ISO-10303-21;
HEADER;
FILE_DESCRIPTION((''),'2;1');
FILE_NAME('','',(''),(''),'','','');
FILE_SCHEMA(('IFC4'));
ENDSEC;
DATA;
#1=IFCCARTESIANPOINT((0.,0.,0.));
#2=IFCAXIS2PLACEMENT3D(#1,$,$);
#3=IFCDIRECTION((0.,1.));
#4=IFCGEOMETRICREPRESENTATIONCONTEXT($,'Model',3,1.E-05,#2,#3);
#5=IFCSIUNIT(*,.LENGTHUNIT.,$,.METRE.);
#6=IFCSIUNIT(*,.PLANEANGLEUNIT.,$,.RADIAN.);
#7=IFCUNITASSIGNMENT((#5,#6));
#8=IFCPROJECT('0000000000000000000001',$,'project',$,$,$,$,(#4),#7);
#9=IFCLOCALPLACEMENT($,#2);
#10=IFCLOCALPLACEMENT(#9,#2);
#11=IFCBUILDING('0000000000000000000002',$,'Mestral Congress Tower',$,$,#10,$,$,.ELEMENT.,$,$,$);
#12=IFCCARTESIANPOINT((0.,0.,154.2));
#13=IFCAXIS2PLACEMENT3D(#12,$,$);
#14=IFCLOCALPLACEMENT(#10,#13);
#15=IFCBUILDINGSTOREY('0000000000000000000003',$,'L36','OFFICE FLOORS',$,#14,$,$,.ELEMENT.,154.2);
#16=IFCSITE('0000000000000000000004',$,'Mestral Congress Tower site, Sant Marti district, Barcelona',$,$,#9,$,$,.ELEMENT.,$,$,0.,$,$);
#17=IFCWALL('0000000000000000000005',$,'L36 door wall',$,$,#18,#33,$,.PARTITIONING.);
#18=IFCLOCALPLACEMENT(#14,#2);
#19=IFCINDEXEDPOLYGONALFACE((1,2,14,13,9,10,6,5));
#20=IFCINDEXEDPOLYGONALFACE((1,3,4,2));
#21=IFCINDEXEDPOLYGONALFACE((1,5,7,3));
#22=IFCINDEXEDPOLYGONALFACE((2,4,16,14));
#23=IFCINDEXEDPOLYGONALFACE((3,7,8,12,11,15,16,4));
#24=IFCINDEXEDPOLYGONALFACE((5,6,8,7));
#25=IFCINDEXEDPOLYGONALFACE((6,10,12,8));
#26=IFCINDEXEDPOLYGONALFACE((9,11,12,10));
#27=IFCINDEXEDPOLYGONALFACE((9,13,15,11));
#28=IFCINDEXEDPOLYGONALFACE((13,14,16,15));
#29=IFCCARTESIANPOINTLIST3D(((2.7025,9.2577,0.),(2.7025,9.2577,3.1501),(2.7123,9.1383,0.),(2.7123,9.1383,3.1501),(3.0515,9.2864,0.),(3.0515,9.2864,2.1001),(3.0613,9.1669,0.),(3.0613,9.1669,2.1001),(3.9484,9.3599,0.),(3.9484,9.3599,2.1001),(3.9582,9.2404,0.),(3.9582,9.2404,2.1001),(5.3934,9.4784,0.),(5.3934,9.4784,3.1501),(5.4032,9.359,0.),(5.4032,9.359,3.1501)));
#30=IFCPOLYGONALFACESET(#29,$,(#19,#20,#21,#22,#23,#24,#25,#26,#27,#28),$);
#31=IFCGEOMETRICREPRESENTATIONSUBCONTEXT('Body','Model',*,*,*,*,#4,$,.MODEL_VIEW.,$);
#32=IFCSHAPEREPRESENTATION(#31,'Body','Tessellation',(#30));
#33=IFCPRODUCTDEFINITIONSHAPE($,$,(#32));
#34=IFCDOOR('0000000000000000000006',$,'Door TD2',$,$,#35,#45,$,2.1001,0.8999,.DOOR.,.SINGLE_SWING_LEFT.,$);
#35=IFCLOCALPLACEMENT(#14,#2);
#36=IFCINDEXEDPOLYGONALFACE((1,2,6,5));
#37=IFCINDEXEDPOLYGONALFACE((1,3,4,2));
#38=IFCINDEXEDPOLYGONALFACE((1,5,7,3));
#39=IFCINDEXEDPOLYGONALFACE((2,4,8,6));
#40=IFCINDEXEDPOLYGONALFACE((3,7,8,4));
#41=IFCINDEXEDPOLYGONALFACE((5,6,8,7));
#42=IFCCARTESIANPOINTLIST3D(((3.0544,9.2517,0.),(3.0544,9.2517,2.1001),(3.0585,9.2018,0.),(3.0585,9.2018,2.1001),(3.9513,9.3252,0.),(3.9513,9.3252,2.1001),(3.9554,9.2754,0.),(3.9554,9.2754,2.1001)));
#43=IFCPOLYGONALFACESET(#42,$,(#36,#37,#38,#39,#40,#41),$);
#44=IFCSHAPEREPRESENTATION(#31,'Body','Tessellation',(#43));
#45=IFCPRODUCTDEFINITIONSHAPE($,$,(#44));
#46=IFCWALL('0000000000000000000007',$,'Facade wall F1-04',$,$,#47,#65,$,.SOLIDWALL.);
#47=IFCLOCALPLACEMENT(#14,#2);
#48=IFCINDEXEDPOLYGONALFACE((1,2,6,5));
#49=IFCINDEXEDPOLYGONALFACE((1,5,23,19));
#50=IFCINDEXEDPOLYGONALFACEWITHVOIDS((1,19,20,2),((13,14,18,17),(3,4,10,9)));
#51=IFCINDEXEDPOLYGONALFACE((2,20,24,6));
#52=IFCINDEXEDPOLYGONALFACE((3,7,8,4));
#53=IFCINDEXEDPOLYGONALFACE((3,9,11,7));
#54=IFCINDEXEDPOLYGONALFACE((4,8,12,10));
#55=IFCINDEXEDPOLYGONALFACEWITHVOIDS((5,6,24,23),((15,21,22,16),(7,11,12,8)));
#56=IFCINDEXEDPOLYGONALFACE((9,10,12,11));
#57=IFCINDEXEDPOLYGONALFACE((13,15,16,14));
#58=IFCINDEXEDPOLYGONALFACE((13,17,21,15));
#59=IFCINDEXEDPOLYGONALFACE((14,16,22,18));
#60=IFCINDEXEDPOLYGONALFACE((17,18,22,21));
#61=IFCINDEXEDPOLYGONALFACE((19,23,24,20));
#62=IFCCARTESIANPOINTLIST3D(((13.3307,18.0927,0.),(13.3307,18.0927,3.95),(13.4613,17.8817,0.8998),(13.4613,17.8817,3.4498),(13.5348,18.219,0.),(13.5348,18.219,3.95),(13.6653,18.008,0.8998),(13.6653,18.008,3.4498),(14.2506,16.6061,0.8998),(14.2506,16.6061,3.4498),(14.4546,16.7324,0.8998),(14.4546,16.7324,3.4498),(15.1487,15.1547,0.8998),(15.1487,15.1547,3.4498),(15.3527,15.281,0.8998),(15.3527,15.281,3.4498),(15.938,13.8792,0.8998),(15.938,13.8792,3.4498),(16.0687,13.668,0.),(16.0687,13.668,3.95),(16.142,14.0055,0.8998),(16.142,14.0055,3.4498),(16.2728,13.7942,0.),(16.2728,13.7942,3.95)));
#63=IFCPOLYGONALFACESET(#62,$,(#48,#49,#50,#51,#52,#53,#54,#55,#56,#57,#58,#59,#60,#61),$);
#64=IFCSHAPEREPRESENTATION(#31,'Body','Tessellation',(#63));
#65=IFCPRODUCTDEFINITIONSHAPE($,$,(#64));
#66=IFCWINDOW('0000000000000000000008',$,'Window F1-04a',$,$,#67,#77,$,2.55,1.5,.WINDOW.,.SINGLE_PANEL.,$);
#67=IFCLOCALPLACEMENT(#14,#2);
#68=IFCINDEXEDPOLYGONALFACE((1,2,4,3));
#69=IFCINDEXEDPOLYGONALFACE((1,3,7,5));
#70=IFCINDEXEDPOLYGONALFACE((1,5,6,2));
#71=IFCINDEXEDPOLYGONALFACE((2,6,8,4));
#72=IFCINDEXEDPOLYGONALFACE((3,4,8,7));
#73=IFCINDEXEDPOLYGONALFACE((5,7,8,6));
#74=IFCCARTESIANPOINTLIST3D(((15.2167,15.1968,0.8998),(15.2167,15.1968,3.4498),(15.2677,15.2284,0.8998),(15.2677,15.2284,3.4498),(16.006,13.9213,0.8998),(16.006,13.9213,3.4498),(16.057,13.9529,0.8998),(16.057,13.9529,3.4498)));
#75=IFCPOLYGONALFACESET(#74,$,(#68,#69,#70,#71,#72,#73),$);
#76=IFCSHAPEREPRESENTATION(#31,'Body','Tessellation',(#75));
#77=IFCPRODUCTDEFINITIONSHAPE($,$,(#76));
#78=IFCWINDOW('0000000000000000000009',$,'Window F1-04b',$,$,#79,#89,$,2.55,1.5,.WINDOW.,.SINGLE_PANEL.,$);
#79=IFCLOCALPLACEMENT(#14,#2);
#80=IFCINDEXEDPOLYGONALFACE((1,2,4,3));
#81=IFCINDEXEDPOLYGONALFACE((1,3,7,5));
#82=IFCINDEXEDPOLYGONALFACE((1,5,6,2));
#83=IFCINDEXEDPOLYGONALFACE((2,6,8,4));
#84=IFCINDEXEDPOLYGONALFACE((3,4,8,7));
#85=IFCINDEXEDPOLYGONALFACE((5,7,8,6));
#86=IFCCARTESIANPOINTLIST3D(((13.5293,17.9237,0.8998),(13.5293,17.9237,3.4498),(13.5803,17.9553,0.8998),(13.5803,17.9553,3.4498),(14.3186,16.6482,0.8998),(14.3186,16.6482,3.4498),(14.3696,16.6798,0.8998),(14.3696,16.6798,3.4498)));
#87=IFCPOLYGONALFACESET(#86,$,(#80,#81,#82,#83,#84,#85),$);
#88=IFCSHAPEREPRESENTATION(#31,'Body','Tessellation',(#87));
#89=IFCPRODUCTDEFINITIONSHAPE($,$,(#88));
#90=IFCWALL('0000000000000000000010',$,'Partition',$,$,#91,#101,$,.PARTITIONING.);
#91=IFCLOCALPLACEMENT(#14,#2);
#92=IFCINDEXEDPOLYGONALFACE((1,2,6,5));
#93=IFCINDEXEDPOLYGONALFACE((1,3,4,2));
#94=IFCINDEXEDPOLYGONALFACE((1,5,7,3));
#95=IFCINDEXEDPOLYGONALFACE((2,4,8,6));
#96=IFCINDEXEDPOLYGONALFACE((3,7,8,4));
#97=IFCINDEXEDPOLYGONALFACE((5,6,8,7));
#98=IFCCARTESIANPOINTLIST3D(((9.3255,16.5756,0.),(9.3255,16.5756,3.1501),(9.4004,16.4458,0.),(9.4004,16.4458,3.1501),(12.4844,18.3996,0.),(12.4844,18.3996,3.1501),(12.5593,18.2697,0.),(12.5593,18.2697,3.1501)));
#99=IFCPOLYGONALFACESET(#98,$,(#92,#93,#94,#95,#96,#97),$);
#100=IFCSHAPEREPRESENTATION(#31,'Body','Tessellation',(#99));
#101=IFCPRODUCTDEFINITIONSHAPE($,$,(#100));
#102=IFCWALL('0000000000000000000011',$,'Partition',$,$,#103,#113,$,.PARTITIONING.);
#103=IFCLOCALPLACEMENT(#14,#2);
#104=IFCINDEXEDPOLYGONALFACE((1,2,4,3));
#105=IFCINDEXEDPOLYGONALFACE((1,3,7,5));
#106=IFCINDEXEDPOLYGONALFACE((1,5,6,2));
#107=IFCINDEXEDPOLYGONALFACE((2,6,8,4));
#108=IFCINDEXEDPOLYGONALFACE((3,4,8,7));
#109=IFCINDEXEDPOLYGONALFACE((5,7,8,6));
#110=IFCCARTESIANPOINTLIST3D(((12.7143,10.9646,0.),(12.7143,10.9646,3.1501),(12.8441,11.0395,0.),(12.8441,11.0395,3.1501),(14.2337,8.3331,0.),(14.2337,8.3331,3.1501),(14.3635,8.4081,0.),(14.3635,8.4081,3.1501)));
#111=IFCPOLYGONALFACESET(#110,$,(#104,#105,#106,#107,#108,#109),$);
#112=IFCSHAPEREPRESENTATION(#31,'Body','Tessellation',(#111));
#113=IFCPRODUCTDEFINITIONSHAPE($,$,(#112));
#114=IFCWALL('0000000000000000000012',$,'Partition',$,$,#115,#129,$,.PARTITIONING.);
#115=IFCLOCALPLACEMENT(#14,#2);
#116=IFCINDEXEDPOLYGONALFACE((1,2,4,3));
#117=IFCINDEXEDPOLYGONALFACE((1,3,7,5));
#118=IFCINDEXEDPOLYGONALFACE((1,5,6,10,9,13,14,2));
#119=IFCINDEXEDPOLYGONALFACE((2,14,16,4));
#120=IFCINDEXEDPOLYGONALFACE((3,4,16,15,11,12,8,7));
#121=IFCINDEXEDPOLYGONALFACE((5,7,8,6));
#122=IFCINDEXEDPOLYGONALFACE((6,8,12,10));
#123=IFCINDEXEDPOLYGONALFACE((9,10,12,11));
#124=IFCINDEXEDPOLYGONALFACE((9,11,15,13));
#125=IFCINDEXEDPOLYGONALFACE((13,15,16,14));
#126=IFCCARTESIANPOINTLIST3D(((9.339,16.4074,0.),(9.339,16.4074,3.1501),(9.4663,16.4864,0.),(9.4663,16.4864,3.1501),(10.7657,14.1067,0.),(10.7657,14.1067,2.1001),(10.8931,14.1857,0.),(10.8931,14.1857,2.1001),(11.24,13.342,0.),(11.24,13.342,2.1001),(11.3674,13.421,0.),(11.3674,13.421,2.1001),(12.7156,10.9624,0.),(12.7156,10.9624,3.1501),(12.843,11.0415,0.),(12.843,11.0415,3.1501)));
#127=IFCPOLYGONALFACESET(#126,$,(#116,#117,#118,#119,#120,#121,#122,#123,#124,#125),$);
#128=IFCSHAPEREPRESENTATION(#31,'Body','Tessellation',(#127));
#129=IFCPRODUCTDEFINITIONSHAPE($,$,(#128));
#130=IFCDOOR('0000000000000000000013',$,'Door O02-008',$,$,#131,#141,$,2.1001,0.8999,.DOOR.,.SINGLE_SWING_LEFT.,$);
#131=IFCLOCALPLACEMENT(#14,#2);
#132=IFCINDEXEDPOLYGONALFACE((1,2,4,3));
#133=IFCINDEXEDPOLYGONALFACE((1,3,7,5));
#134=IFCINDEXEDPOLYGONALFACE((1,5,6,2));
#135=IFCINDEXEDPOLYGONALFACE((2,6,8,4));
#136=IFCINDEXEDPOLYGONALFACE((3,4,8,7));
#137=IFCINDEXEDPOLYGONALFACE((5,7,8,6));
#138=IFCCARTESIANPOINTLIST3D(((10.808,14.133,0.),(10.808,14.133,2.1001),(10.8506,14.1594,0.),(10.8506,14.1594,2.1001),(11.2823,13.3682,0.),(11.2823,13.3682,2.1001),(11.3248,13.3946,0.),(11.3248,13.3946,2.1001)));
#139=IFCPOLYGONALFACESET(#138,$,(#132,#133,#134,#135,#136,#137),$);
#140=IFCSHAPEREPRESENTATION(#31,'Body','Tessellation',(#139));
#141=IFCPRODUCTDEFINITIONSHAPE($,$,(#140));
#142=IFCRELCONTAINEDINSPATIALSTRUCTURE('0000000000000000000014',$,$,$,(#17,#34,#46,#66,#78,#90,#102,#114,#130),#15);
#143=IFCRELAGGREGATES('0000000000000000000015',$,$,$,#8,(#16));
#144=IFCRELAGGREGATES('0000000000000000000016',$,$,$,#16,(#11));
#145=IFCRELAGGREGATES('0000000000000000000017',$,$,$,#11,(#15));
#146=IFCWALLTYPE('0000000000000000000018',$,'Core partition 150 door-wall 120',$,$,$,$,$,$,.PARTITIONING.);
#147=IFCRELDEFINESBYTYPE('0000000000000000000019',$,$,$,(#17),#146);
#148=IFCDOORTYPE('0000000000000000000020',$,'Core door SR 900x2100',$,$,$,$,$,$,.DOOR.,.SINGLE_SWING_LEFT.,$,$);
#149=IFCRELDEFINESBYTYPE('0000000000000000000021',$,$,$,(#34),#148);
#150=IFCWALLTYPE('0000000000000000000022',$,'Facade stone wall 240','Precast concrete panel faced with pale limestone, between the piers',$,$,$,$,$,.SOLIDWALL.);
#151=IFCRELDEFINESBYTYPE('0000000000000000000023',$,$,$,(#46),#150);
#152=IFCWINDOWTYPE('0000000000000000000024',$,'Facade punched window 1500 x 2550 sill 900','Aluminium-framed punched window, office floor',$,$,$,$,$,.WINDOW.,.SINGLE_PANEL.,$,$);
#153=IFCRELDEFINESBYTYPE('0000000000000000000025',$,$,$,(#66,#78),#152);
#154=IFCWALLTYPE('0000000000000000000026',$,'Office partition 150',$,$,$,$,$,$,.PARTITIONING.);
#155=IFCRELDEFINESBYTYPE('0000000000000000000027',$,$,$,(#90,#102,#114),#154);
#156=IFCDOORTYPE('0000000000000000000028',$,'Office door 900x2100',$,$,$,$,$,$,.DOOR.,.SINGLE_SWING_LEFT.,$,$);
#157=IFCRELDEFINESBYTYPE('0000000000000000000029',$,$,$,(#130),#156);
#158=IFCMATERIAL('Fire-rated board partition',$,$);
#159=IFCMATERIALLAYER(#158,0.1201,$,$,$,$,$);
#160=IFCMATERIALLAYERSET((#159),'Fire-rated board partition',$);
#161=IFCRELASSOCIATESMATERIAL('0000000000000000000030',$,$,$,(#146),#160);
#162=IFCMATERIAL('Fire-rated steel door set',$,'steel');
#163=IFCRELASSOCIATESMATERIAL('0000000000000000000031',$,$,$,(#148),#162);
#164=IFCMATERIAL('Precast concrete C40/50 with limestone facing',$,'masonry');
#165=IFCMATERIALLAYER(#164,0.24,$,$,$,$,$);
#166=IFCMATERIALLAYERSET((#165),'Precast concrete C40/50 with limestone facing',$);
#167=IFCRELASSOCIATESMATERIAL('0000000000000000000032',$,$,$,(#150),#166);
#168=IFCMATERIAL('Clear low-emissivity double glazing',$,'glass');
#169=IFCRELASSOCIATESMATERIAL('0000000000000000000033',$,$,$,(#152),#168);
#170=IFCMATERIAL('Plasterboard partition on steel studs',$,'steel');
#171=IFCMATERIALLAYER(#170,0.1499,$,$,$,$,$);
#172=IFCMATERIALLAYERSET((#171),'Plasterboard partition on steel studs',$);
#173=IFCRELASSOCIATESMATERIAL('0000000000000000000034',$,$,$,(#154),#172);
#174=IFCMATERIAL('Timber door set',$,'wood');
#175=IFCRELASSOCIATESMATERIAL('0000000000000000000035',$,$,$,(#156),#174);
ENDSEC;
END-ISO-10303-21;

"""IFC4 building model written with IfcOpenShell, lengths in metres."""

from ifc_helpers import new_model, si_unit, direction, frame, frame_2d, origin, place, context, subcontext, project, spatial, rectangle, extrude, material, layer, layer_set, type_object, element, fill, save


model = new_model("IFC4")

# Units and contexts
model_context = context("Model", 3, precision=1e-05, world=origin(), true_north=direction((0.0, 1.0)))
body_context = subcontext(model_context, "Body", "Model", "MODEL_VIEW")
ifc_project = project(units=[si_unit("LENGTHUNIT", "METRE"), si_unit("PLANEANGLEUNIT", "RADIAN")], contexts=[model_context])

# Site, building, storey
site_placement = place(None, origin())
site = spatial("IfcSite", under=ifc_project, at=site_placement, Name="Mestral Congress Tower site, Sant Marti district, Barcelona", CompositionType="ELEMENT", RefElevation=0.0)
building_placement = place(site_placement, origin())
building = spatial("IfcBuilding", under=site, at=building_placement, Name="Mestral Congress Tower", CompositionType="ELEMENT")
storey_placement = place(building_placement, frame((0.0, 0.0, 154.2)))
storey = spatial("IfcBuildingStorey", under=building, at=storey_placement, Name="L36", Description="OFFICE FLOORS", CompositionType="ELEMENT", Elevation=154.2)

# Shared definitions
ifc_material_1 = material(Name="Fire-rated board partition")

# Wall, opening, door
ifc_layer_1 = layer(ifc_material_1, 0.1201)
ifc_layer_set_1 = layer_set([ifc_layer_1], Name="Fire-rated board partition")
wall_type_1 = type_object("IfcWallType", Name="Core partition 150 door-wall 120", PredefinedType="PARTITIONING", material=ifc_layer_set_1)
wall_1_placement = place(storey_placement, frame((5.3984, 9.4187, 0.0), z_axis=(0.0, 0.0, 1.0), x_axis=(-0.996653, -0.081743, 0.0)))
wall_1 = element("IfcWall", 1, at=wall_1_placement, inside=storey, type_object=wall_type_1, Name="L36 door wall", PredefinedType="PARTITIONING", context=body_context, shape_type="SweptSolid", body=[
    extrude(rectangle(XDim=2.7, YDim=0.1199, at=frame_2d((1.3501, 0.0))), origin(), (0.0, 0.0, 1.0), 3.1501),
])
opening_1_placement = place(wall_1_placement, frame((1.45, 0.0, 0.0)))
opening_1 = element("IfcOpeningElement", 2, at=opening_1_placement, cuts=wall_1, PredefinedType="OPENING", context=body_context, shape_type="SweptSolid", body=[
    extrude(rectangle(XDim=0.8999, YDim=2.1001, at=frame_2d((0.45, 1.05))), frame((0.0, 0.0698, 0.0), z_axis=(0.0, -1.0, 0.0), x_axis=(1.0, 0.0, 0.0)), (0.0, 0.0, 1.0), 0.1399),
])
ifc_material_2 = material(Name="Fire-rated steel door set", Category="steel")
door_type_1 = type_object("IfcDoorType", Name="Core door SR 900x2100", OperationType="SINGLE_SWING_LEFT", PredefinedType="DOOR", material=ifc_material_2)
door_1_placement = place(opening_1_placement, origin())
door_1 = element("IfcDoor", 3, at=door_1_placement, inside=storey, type_object=door_type_1, Name="Door TD2", OperationType="SINGLE_SWING_LEFT", OverallHeight=2.1001, OverallWidth=0.8999, PredefinedType="DOOR", context=body_context, shape_type="SweptSolid", body=[
    extrude(rectangle(XDim=0.8999, YDim=2.1001, at=frame_2d((0.45, 1.05))), frame((0.0, 0.0249, 0.0), z_axis=(0.0, -1.0, 0.0), x_axis=(1.0, 0.0, 0.0)), (0.0, 0.0, 1.0), 0.05),
])
fill(opening_1, door_1)

# Wall, openings, windows
ifc_material_3 = material(Name="Precast concrete C40/50 with limestone facing", Category="masonry")
ifc_layer_2 = layer(ifc_material_3, 0.24)
ifc_layer_set_2 = layer_set([ifc_layer_2], Name="Precast concrete C40/50 with limestone facing")
wall_type_2 = type_object("IfcWallType", Name="Facade stone wall 240", Description="Precast concrete panel faced with pale limestone, between the piers", PredefinedType="SOLIDWALL", material=ifc_layer_set_2)
wall_2_placement = place(storey_placement, frame((16.1707, 13.7312, 0.0), z_axis=(0.0, 0.0, 1.0), x_axis=(-0.526198, 0.850362, 0.0)))
wall_2 = element("IfcWall", 4, at=wall_2_placement, inside=storey, type_object=wall_type_2, Name="Facade wall F1-04", PredefinedType="SOLIDWALL", context=body_context, shape_type="SweptSolid", body=[
    extrude(rectangle(XDim=5.2034, YDim=0.24, at=frame_2d((2.6016, 0.0))), origin(), (0.0, 0.0, 1.0), 3.95),
])
opening_2_placement = place(wall_2_placement, frame((0.2483, 0.0, 0.8999)))
opening_2 = element("IfcOpeningElement", 5, at=opening_2_placement, cuts=wall_2, PredefinedType="OPENING", context=body_context, shape_type="SweptSolid", body=[
    extrude(rectangle(XDim=1.5, YDim=2.55, at=frame_2d((0.75, 1.2749))), frame((0.0, 0.1299, 0.0), z_axis=(0.0, -1.0, 0.0), x_axis=(1.0, 0.0, 0.0)), (0.0, 0.0, 1.0), 0.26),
])
opening_3_placement = place(wall_2_placement, frame((3.4551, 0.0, 0.8999)))
opening_3 = element("IfcOpeningElement", 6, at=opening_3_placement, cuts=wall_2, PredefinedType="OPENING", context=body_context, shape_type="SweptSolid", body=[
    extrude(rectangle(XDim=1.5, YDim=2.55, at=frame_2d((0.75, 1.2749))), frame((0.0, 0.1299, 0.0), z_axis=(0.0, -1.0, 0.0), x_axis=(1.0, 0.0, 0.0)), (0.0, 0.0, 1.0), 0.26),
])
ifc_material_4 = material(Name="Clear low-emissivity double glazing", Category="glass")
window_type = type_object("IfcWindowType", Name="Facade punched window 1500 x 2550 sill 900", Description="Aluminium-framed punched window, office floor", PartitioningType="SINGLE_PANEL", PredefinedType="WINDOW", material=ifc_material_4)
window_1_placement = place(opening_2_placement, origin())
window_1 = element("IfcWindow", 7, at=window_1_placement, inside=storey, type_object=window_type, Name="Window F1-04a", OverallHeight=2.55, OverallWidth=1.5, PartitioningType="SINGLE_PANEL", PredefinedType="WINDOW", context=body_context, shape_type="SweptSolid", body=[
    extrude(rectangle(XDim=1.5, YDim=2.55, at=frame_2d((0.75, 1.2749))), frame((0.0, 0.04, 0.0), z_axis=(0.0, -1.0, 0.0), x_axis=(1.0, 0.0, 0.0)), (0.0, 0.0, 1.0), 0.0601),
])
fill(opening_2, window_1)
window_2_placement = place(opening_3_placement, origin())
window_2 = element("IfcWindow", 8, at=window_2_placement, inside=storey, type_object=window_type, Name="Window F1-04b", OverallHeight=2.55, OverallWidth=1.5, PartitioningType="SINGLE_PANEL", PredefinedType="WINDOW", context=body_context, shape_type="SweptSolid", body=[
    extrude(rectangle(XDim=1.5, YDim=2.55, at=frame_2d((0.75, 1.2749))), frame((0.0, 0.04, 0.0), z_axis=(0.0, -1.0, 0.0), x_axis=(1.0, 0.0, 0.0)), (0.0, 0.0, 1.0), 0.0601),
])
fill(opening_3, window_2)

# Walls
ifc_material_5 = material(Name="Plasterboard partition on steel studs", Category="steel")
ifc_layer_3 = layer(ifc_material_5, 0.1499)
ifc_layer_set_3 = layer_set([ifc_layer_3], Name="Plasterboard partition on steel studs")
wall_type_3 = type_object("IfcWallType", Name="Office partition 150", PredefinedType="PARTITIONING", material=ifc_layer_set_3)
wall_3_placement = place(storey_placement, frame((9.363, 16.5107, 0.0), z_axis=(0.0, 0.0, 1.0), x_axis=(0.866006, 0.500033, 0.0)))
element("IfcWall", 9, at=wall_3_placement, inside=storey, type_object=wall_type_3, Name="Partition", PredefinedType="PARTITIONING", context=body_context, shape_type="SweptSolid", body=[
    extrude(rectangle(XDim=3.6477, YDim=0.1499, at=frame_2d((1.8237, 0.0))), origin(), (0.0, 0.0, 1.0), 3.1501),
])
wall_4_placement = place(storey_placement, frame((14.2986, 8.3706, 0.0), z_axis=(0.0, 0.0, 1.0), x_axis=(-0.500019, 0.866014, 0.0)))
element("IfcWall", 10, at=wall_4_placement, inside=storey, type_object=wall_type_3, Name="Partition", PredefinedType="PARTITIONING", context=body_context, shape_type="SweptSolid", body=[
    extrude(rectangle(XDim=3.0386, YDim=0.1499, at=frame_2d((1.5193, 0.0))), origin(), (0.0, 0.0, 1.0), 3.1501),
])

# Wall, opening, door
wall_5_placement = place(storey_placement, frame((9.4026, 16.447, 0.0), z_axis=(0.0, 0.0, 1.0), x_axis=(0.527026, -0.849849, 0.0)))
wall_5 = element("IfcWall", 11, at=wall_5_placement, inside=storey, type_object=wall_type_3, Name="Partition", PredefinedType="PARTITIONING", context=body_context, shape_type="SweptSolid", body=[
    extrude(rectangle(XDim=6.407, YDim=0.1499, at=frame_2d((3.2036, 0.0))), origin(), (0.0, 0.0, 1.0), 3.1501),
])
opening_4_placement = place(wall_5_placement, frame((2.7073, 0.0, 0.0)))
opening_4 = element("IfcOpeningElement", 12, at=opening_4_placement, cuts=wall_5, PredefinedType="OPENING", context=body_context, shape_type="SweptSolid", body=[
    extrude(rectangle(XDim=0.8999, YDim=2.1001, at=frame_2d((0.45, 1.05))), frame((0.0, 0.085, 0.0), z_axis=(0.0, -1.0, 0.0), x_axis=(1.0, 0.0, 0.0)), (0.0, 0.0, 1.0), 0.1699),
])
ifc_material_6 = material(Name="Timber door set", Category="wood")
door_type_2 = type_object("IfcDoorType", Name="Office door 900x2100", OperationType="SINGLE_SWING_LEFT", PredefinedType="DOOR", material=ifc_material_6)
door_2_placement = place(opening_4_placement, origin())
door_2 = element("IfcDoor", 13, at=door_2_placement, inside=storey, type_object=door_type_2, Name="Door O02-008", OperationType="SINGLE_SWING_LEFT", OverallHeight=2.1001, OverallWidth=0.8999, PredefinedType="DOOR", context=body_context, shape_type="SweptSolid", body=[
    extrude(rectangle(XDim=0.8999, YDim=2.1001, at=frame_2d((0.45, 1.05))), frame((0.0, 0.0249, 0.0), z_axis=(0.0, -1.0, 0.0), x_axis=(1.0, 0.0, 0.0)), (0.0, 0.0, 1.0), 0.05),
])
fill(opening_4, door_2)

save(model, "model.ifc")
